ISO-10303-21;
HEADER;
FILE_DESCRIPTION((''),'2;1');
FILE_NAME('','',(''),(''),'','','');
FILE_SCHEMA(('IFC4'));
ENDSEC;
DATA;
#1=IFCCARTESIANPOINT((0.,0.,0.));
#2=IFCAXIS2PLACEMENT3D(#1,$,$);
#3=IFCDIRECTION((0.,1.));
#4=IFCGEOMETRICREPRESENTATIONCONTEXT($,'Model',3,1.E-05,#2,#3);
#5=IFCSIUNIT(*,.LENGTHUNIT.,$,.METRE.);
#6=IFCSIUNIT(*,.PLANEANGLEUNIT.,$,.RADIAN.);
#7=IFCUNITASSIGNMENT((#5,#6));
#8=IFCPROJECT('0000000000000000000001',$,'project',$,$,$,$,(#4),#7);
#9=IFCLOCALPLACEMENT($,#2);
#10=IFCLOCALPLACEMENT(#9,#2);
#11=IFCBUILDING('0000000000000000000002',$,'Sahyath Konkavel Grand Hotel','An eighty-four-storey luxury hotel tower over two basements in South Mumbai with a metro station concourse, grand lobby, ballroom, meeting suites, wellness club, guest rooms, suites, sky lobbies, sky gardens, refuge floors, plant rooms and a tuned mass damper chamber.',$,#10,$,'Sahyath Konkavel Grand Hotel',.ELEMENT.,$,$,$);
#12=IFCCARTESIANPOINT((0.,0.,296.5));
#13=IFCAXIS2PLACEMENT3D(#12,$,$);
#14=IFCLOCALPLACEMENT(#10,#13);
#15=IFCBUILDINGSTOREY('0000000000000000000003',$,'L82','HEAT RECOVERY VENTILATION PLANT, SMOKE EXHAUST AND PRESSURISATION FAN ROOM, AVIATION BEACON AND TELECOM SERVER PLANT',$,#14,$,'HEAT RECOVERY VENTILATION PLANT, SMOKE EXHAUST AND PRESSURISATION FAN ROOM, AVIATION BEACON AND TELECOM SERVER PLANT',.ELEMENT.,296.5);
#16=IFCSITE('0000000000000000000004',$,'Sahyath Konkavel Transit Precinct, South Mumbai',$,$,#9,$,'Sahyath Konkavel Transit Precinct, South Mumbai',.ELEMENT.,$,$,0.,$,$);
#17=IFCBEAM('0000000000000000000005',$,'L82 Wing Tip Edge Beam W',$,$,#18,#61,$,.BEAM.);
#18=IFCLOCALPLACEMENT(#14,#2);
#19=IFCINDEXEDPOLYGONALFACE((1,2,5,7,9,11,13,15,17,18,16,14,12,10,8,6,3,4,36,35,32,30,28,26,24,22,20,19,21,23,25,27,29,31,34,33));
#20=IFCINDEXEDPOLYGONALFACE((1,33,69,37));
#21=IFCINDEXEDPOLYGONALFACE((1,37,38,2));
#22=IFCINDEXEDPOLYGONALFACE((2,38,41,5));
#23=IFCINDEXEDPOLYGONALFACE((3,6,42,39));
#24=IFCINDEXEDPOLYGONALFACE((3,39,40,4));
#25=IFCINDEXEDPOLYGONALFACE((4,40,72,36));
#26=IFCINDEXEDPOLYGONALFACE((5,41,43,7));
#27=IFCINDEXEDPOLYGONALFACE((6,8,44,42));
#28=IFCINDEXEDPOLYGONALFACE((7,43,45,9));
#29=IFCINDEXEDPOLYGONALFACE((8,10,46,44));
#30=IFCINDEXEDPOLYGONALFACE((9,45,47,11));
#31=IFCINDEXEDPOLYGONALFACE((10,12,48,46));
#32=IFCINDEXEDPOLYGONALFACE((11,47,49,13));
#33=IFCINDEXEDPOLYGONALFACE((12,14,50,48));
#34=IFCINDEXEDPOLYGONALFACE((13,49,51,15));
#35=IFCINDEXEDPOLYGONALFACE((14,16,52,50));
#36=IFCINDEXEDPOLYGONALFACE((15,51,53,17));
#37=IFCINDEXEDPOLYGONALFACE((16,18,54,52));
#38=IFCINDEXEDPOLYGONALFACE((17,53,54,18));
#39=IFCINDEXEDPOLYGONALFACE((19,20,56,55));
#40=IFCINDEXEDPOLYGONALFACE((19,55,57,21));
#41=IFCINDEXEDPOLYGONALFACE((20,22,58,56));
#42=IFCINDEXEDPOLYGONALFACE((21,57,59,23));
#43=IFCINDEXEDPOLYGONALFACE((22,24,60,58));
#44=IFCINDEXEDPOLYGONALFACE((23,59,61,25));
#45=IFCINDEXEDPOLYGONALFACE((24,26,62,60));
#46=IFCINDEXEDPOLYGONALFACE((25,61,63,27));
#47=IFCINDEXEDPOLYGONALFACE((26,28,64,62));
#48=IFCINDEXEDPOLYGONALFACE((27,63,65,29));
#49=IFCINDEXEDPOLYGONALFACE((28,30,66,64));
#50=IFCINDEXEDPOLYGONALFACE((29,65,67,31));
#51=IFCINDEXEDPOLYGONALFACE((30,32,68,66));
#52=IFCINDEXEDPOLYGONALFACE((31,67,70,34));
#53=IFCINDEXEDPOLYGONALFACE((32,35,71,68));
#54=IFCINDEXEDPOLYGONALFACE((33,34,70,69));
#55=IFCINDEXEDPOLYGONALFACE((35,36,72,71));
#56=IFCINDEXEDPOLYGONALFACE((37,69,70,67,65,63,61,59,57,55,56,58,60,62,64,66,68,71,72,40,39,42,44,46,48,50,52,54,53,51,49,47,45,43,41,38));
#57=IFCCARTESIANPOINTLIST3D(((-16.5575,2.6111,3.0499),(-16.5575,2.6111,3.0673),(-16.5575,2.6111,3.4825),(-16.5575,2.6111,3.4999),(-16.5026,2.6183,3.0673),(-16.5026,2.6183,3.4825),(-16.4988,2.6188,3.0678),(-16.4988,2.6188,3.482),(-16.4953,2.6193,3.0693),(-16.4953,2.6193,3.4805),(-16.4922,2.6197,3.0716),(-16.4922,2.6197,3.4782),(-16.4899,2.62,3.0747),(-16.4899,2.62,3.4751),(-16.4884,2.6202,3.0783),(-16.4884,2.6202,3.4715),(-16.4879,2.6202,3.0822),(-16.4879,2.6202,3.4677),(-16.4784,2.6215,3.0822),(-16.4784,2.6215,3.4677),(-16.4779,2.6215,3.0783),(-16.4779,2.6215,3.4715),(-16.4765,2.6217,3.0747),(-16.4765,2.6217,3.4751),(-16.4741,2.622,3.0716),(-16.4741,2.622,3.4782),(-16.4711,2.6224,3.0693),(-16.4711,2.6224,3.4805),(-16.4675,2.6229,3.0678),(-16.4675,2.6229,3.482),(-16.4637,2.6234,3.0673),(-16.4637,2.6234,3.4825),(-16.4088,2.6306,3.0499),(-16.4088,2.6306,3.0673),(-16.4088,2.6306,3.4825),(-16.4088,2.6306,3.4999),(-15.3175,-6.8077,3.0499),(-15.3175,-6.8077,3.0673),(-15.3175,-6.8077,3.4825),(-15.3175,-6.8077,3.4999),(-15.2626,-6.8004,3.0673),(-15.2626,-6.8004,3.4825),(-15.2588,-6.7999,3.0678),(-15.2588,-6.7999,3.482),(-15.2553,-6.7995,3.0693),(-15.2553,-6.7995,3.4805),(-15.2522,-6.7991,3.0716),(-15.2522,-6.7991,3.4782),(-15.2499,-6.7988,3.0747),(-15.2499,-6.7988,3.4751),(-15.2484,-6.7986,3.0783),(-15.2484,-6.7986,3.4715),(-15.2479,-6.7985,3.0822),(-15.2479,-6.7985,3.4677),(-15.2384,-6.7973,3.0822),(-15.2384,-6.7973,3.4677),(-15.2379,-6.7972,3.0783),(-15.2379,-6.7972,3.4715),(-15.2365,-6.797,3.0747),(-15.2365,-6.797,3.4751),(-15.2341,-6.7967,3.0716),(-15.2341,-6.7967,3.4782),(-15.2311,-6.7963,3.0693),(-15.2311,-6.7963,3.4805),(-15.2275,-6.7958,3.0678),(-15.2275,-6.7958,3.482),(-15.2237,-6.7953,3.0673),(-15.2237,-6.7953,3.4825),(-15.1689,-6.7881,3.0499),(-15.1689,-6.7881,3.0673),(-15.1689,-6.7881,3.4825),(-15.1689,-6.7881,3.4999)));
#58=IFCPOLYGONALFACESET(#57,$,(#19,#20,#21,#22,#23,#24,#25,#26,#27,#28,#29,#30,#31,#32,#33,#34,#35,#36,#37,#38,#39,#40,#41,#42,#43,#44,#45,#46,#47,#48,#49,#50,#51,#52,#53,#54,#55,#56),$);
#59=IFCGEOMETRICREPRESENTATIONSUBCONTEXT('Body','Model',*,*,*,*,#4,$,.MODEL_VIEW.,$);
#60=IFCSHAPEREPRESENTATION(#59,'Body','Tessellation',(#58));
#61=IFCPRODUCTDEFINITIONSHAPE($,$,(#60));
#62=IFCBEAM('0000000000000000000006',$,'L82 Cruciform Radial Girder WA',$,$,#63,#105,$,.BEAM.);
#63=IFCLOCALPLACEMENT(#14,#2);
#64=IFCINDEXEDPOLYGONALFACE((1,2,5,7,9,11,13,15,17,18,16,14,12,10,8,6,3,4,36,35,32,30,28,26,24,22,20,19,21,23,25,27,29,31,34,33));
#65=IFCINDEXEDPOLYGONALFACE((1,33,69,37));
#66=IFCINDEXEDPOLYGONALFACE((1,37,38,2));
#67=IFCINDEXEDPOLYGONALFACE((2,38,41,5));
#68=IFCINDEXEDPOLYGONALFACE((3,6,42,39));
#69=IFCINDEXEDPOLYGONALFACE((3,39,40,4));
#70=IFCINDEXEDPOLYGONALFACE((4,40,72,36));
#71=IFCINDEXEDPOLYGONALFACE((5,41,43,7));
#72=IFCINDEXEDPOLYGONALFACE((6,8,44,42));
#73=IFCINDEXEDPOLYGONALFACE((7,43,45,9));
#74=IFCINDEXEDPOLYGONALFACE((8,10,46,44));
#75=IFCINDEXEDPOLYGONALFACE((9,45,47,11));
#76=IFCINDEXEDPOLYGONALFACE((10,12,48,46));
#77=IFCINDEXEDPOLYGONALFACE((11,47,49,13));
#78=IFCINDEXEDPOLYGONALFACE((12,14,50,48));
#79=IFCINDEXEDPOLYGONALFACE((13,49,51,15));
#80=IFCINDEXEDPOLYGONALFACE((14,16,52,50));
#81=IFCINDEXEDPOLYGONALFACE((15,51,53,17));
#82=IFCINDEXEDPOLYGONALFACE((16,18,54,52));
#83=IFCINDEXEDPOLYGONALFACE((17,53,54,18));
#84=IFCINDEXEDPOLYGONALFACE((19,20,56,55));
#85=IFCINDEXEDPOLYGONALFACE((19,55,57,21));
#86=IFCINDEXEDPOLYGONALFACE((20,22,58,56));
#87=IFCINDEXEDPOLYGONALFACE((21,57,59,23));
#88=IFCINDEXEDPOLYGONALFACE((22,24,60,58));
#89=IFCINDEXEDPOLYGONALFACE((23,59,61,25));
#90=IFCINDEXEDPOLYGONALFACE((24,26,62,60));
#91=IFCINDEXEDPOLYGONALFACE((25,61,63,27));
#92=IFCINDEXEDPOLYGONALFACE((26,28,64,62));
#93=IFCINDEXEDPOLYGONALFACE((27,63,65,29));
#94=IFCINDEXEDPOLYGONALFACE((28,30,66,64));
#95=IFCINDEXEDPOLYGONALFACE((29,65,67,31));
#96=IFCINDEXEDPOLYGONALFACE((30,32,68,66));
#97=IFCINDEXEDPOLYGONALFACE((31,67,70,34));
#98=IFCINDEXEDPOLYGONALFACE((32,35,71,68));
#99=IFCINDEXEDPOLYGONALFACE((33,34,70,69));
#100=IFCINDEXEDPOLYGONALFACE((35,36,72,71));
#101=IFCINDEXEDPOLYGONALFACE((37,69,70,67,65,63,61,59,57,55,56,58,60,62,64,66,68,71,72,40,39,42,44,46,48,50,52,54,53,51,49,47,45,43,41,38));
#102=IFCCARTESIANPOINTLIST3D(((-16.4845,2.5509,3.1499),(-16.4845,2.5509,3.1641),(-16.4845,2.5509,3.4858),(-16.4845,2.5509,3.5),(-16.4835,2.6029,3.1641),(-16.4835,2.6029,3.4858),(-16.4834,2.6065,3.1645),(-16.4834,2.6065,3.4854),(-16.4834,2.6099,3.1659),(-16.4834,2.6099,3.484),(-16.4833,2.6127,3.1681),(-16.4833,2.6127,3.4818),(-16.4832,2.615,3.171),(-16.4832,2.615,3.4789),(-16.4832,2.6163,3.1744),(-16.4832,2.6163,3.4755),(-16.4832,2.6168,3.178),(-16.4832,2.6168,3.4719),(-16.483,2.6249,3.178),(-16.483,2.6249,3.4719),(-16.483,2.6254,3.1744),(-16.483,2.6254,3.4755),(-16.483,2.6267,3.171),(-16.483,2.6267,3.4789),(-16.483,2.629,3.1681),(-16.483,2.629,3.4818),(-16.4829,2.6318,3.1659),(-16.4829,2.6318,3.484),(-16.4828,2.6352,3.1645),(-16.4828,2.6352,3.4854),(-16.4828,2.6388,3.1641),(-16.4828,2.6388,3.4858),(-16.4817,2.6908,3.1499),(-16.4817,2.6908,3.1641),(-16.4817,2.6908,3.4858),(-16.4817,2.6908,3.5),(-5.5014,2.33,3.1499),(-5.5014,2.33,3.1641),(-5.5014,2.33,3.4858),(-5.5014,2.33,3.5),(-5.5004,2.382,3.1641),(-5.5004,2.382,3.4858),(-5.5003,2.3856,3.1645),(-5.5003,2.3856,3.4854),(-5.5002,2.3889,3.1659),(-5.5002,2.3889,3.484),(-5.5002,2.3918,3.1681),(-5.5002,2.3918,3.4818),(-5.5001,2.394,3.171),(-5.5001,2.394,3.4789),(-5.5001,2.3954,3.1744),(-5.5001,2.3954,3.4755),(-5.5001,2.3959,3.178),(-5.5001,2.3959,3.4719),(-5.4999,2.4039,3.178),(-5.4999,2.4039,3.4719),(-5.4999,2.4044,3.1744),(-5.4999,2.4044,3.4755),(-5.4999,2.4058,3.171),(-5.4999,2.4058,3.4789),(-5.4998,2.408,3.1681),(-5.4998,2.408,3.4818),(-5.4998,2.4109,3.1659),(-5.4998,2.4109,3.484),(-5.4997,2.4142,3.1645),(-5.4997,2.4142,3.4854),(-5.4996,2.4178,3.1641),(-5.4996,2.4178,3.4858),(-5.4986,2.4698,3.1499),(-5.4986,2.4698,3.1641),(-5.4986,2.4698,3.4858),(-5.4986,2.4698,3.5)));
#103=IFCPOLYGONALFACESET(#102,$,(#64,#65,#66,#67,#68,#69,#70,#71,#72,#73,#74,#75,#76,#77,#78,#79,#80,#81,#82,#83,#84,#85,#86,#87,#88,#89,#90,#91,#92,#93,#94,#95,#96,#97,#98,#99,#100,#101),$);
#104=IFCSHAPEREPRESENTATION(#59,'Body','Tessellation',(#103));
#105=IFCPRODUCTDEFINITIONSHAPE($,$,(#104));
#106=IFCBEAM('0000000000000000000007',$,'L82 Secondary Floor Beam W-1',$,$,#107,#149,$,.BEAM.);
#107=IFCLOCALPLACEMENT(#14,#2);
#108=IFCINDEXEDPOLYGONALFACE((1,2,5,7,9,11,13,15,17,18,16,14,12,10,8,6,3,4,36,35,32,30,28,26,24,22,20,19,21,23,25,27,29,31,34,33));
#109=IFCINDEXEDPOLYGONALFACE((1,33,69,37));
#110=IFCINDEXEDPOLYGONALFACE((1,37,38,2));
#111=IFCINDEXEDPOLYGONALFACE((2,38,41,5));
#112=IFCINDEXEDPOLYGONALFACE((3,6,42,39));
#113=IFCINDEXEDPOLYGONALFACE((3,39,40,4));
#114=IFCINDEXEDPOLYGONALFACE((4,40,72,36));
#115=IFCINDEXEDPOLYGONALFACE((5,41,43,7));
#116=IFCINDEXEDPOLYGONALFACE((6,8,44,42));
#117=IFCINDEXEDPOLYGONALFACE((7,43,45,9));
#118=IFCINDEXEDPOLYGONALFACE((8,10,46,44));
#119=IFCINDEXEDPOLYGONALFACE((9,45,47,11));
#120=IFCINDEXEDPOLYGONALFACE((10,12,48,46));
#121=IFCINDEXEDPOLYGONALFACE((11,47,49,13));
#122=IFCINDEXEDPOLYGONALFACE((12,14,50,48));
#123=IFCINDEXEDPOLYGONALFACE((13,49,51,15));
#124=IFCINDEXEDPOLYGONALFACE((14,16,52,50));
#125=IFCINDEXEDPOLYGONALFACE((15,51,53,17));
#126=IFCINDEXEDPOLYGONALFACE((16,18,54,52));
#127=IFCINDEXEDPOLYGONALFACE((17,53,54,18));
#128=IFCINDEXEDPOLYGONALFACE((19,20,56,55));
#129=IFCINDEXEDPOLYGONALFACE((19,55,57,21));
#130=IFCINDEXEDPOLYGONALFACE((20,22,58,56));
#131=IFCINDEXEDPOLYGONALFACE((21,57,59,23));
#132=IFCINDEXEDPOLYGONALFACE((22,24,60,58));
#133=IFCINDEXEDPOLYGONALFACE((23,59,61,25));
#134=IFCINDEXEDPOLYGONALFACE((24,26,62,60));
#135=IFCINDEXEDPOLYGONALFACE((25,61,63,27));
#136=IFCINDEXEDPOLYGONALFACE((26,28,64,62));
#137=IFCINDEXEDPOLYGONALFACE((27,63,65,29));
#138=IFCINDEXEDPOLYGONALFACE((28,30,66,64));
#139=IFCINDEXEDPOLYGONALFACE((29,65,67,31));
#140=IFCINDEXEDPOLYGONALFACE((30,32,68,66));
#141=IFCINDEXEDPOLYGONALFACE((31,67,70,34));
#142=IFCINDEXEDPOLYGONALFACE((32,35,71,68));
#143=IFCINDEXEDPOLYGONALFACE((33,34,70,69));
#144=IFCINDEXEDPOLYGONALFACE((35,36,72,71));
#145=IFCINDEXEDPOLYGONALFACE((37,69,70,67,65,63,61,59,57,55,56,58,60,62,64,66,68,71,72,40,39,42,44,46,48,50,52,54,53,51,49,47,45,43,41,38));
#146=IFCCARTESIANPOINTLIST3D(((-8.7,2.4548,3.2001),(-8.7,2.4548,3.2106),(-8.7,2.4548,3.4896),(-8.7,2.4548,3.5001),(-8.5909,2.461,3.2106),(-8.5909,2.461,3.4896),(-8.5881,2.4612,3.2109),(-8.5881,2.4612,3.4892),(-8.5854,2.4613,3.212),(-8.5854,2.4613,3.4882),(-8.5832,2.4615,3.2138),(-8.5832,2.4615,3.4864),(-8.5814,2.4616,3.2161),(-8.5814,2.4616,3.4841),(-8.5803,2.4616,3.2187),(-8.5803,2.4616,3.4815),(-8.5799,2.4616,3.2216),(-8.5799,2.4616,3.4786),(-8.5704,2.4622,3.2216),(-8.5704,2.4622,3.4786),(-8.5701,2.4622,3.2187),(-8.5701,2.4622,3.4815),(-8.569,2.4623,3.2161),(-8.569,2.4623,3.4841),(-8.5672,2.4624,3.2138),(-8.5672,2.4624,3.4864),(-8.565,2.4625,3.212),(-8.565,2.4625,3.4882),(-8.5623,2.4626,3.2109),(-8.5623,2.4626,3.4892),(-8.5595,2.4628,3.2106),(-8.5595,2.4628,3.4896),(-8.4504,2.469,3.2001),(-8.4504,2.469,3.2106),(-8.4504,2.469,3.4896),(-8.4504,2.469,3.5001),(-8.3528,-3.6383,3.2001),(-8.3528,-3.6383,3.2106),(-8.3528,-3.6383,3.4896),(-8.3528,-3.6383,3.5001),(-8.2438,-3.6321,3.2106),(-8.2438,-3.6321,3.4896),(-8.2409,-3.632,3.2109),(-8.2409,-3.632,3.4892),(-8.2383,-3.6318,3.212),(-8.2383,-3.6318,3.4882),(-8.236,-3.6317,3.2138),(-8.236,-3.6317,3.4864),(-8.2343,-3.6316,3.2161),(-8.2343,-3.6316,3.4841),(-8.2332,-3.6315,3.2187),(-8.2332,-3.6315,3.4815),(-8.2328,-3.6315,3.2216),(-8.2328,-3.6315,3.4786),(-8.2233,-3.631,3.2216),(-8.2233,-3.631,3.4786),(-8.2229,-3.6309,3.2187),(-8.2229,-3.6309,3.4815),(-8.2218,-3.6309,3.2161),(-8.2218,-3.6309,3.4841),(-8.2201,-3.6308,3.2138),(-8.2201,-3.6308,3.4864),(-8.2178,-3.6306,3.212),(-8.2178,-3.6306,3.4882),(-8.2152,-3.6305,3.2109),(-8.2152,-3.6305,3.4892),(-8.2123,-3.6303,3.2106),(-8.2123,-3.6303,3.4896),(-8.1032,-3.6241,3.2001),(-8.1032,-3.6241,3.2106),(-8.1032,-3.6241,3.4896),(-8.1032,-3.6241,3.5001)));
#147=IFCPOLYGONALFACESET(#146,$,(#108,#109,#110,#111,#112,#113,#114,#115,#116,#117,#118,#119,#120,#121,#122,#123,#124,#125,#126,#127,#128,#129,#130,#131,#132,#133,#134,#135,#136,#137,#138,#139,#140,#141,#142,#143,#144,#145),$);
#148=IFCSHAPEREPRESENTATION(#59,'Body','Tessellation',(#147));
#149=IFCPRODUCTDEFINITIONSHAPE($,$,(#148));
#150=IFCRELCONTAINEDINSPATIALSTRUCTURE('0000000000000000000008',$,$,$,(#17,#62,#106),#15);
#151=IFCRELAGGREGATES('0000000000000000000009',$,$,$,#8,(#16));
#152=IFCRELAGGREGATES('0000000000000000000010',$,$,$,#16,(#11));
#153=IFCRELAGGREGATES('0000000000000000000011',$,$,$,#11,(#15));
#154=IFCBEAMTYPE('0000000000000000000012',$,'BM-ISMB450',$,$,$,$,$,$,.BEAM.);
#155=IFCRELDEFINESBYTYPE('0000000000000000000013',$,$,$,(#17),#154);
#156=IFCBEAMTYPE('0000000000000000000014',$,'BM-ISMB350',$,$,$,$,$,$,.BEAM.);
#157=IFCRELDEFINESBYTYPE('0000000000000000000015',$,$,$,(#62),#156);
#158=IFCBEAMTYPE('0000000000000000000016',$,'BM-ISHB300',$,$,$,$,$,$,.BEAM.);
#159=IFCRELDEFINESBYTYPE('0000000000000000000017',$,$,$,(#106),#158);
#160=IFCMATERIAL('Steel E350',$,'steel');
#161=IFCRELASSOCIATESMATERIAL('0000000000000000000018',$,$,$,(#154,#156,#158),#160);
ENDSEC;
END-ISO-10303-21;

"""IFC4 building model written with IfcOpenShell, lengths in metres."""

from ifc_helpers import new_model, si_unit, direction, frame, origin, origin_2d, place, context, subcontext, project, spatial, i_section, extrude, source, transform, mapped, material, material_profile, profile_set, type_object, element, save


model = new_model("IFC4")

# Units and contexts
model_context = context("Model", 3, precision=1e-05, world=origin(), true_north=direction((0.0, 1.0)))
body_context = subcontext(model_context, "Body", "Model", "MODEL_VIEW")
ifc_project = project(units=[si_unit("LENGTHUNIT", "METRE"), si_unit("PLANEANGLEUNIT", "RADIAN")], contexts=[model_context])

# Site, building, storey
site_placement = place(None, origin())
site = spatial("IfcSite", under=ifc_project, at=site_placement, Name="Sahyath Konkavel Transit Precinct, South Mumbai", LongName="Sahyath Konkavel Transit Precinct, South Mumbai", CompositionType="ELEMENT", RefElevation=0.0)
building_placement = place(site_placement, origin())
building = spatial("IfcBuilding", under=site, at=building_placement, Name="Sahyath Konkavel Grand Hotel", Description="An eighty-four-storey luxury hotel tower over two basements in South Mumbai with a metro station concourse, grand lobby, ballroom, meeting suites, wellness club, guest rooms, suites, sky lobbies, sky gardens, refuge floors, plant rooms and a tuned mass damper chamber.", LongName="Sahyath Konkavel Grand Hotel", CompositionType="ELEMENT")
storey_placement = place(building_placement, frame((0.0, 0.0, 296.5)))
storey = spatial("IfcBuildingStorey", under=building, at=storey_placement, Name="L82", Description="HEAT RECOVERY VENTILATION PLANT, SMOKE EXHAUST AND PRESSURISATION FAN ROOM, AVIATION BEACON AND TELECOM SERVER PLANT", LongName="HEAT RECOVERY VENTILATION PLANT, SMOKE EXHAUST AND PRESSURISATION FAN ROOM, AVIATION BEACON AND TELECOM SERVER PLANT", CompositionType="ELEMENT", Elevation=296.5)

# Beams
ifc_material_1 = material(Name="Steel E350", Category="steel")
ifc_material_profile_1 = material_profile(ifc_material_1, i_section(OverallWidth=0.1499, OverallDepth=0.45, WebThickness=0.0095, FlangeThickness=0.0173, FilletRadius=0.0149, at=origin_2d()), Name="ISMB 450")
ifc_profile_set_1 = profile_set([ifc_material_profile_1], Name="Steel E350")
beam_type_1 = type_object("IfcBeamType", Name="BM-ISMB450", PredefinedType="BEAM", material=ifc_profile_set_1)
shared_shape_1 = source(origin(), body_context, "Body", "SweptSolid", [
    extrude(i_section(OverallWidth=0.1499, OverallDepth=0.45, WebThickness=0.0095, FlangeThickness=0.0173, FilletRadius=0.0149, at=origin_2d()), origin(), (0.0, 0.0, 1.0), 9.5),
])
beam_1_placement = place(storey_placement, frame((-16.4832, 2.6208, 3.2749), z_axis=(0.130526, -0.991445, 0.0), x_axis=(0.991445, 0.130526, 0.0)))
element("IfcBeam", 1, at=beam_1_placement, inside=storey, type_object=beam_type_1, Name="L82 Wing Tip Edge Beam W", PredefinedType="BEAM", context=body_context, shape_type="MappedRepresentation", body=[
    mapped(shared_shape_1, transform((0.0, 0.0, 0.0), scale=1.0)),
])
ifc_material_profile_2 = material_profile(ifc_material_1, i_section(OverallWidth=0.1399, OverallDepth=0.3501, WebThickness=0.0081, FlangeThickness=0.0142, FilletRadius=0.0139, at=origin_2d()), Name="ISMB 350")
ifc_profile_set_2 = profile_set([ifc_material_profile_2], Name="Steel E350")
beam_type_2 = type_object("IfcBeamType", Name="BM-ISMB350", PredefinedType="BEAM", material=ifc_profile_set_2)
shared_shape_2 = source(origin(), body_context, "Body", "SweptSolid", [
    extrude(i_section(OverallWidth=0.1399, OverallDepth=0.3501, WebThickness=0.0081, FlangeThickness=0.0142, FilletRadius=0.0139, at=origin_2d()), origin(), (0.0, 0.0, 1.0), 10.9854),
])
beam_2_placement = place(storey_placement, frame((-5.5, 2.3999, 3.325), z_axis=(-0.999798, 0.020113, 0.0), x_axis=(-0.020113, -0.999798, 0.0)))
element("IfcBeam", 2, at=beam_2_placement, inside=storey, type_object=beam_type_2, Name="L82 Cruciform Radial Girder WA", PredefinedType="BEAM", context=body_context, shape_type="MappedRepresentation", body=[
    mapped(shared_shape_2, transform((0.0, 0.0, 0.0), scale=1.0)),
])
ifc_material_profile_3 = material_profile(ifc_material_1, i_section(OverallWidth=0.25, OverallDepth=0.3, WebThickness=0.0095, FlangeThickness=0.0105, FilletRadius=0.011, at=origin_2d()), Name="ISHB 300")
ifc_profile_set_3 = profile_set([ifc_material_profile_3], Name="Steel E350")
beam_type_3 = type_object("IfcBeamType", Name="BM-ISHB300", PredefinedType="BEAM", material=ifc_profile_set_3)
shared_shape_3 = source(origin(), body_context, "Body", "SweptSolid", [
    extrude(i_section(OverallWidth=0.25, OverallDepth=0.3, WebThickness=0.0095, FlangeThickness=0.0105, FilletRadius=0.011, at=origin_2d()), origin(), (0.0, 0.0, 1.0), 6.103),
])
beam_3_placement = place(storey_placement, frame((-8.5752, 2.4619, 3.3501), z_axis=(0.056883, -0.998381, 0.0), x_axis=(0.998381, 0.056883, 0.0)))
element("IfcBeam", 3, at=beam_3_placement, inside=storey, type_object=beam_type_3, Name="L82 Secondary Floor Beam W-1", PredefinedType="BEAM", context=body_context, shape_type="MappedRepresentation", body=[
    mapped(shared_shape_3, transform((0.0, 0.0, 0.0), scale=1.0)),
])

save(model, "model.ifc")
